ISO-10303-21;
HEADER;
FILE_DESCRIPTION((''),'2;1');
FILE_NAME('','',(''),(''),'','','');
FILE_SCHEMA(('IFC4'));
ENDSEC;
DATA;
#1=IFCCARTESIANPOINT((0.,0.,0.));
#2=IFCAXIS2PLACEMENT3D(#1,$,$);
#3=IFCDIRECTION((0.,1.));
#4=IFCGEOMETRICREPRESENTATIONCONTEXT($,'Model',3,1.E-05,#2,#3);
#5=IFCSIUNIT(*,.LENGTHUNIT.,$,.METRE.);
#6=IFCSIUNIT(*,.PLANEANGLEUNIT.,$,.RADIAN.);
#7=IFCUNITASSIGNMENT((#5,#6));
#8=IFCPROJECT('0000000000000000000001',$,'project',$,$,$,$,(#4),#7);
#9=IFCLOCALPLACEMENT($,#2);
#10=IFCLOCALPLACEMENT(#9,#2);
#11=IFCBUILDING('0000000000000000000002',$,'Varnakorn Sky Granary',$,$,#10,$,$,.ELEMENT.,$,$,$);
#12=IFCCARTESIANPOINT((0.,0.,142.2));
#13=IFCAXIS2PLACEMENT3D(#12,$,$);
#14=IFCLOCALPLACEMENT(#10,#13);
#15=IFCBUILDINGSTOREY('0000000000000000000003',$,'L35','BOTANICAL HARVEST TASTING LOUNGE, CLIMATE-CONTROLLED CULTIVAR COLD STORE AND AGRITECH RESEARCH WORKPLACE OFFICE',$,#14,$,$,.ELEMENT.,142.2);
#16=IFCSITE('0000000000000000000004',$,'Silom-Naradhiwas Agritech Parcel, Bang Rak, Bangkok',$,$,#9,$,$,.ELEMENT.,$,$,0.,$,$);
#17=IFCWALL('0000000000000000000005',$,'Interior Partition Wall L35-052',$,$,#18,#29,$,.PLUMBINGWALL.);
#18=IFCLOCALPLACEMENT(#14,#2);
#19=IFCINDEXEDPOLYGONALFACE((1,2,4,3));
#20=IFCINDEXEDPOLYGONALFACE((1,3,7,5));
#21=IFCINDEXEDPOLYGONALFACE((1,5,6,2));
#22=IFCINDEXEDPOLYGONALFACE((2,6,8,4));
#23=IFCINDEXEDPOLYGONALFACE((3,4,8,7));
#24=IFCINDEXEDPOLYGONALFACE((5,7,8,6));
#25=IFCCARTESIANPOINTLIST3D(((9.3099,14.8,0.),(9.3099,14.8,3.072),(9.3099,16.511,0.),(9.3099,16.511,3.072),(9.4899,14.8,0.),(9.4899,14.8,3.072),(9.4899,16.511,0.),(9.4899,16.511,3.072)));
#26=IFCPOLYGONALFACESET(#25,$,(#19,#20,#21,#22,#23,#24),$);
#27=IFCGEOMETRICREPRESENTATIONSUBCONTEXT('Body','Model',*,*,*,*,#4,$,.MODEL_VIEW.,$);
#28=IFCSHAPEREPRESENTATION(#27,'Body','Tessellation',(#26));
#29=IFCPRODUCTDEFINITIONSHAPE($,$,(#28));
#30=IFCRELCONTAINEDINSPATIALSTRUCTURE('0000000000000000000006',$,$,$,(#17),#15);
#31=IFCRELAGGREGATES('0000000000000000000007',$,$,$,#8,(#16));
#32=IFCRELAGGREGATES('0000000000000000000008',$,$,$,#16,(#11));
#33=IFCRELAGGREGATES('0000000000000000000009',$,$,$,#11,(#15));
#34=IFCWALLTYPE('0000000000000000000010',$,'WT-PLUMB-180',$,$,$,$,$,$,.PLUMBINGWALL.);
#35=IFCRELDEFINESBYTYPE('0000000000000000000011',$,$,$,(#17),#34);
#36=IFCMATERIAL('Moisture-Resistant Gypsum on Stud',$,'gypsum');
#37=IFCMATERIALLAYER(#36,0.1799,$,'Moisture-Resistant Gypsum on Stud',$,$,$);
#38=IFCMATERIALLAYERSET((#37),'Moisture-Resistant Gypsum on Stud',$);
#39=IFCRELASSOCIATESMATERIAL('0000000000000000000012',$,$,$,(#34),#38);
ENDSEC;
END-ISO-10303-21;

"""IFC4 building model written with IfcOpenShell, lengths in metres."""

from ifc_helpers import new_model, si_unit, direction, frame, frame_2d, origin, place, context, subcontext, project, spatial, rectangle, extrude, material, layer, layer_set, type_object, element, save


model = new_model("IFC4")

# Units and contexts
model_context = context("Model", 3, precision=1e-05, world=origin(), true_north=direction((0.0, 1.0)))
body_context = subcontext(model_context, "Body", "Model", "MODEL_VIEW")
ifc_project = project(units=[si_unit("LENGTHUNIT", "METRE"), si_unit("PLANEANGLEUNIT", "RADIAN")], contexts=[model_context])

# Site, building, storey
site_placement = place(None, origin())
site = spatial("IfcSite", under=ifc_project, at=site_placement, Name="Silom-Naradhiwas Agritech Parcel, Bang Rak, Bangkok", CompositionType="ELEMENT", RefElevation=0.0)
building_placement = place(site_placement, origin())
building = spatial("IfcBuilding", under=site, at=building_placement, Name="Varnakorn Sky Granary", CompositionType="ELEMENT")
storey_placement = place(building_placement, frame((0.0, 0.0, 142.2)))
storey = spatial("IfcBuildingStorey", under=building, at=storey_placement, Name="L35", Description="BOTANICAL HARVEST TASTING LOUNGE, CLIMATE-CONTROLLED CULTIVAR COLD STORE AND AGRITECH RESEARCH WORKPLACE OFFICE", CompositionType="ELEMENT", Elevation=142.2)

# Wall
ifc_material_1 = material(Name="Moisture-Resistant Gypsum on Stud", Category="gypsum")
ifc_layer_1 = layer(ifc_material_1, 0.1799, Name="Moisture-Resistant Gypsum on Stud")
ifc_layer_set_1 = layer_set([ifc_layer_1], Name="Moisture-Resistant Gypsum on Stud")
wall_type_1 = type_object("IfcWallType", Name="WT-PLUMB-180", PredefinedType="PLUMBINGWALL", material=ifc_layer_set_1)
wall_1_placement = place(storey_placement, frame((9.3999, 14.8, 0.0), z_axis=(0.0, 0.0, 1.0), x_axis=(0.0, 1.0, 0.0)))
element("IfcWall", 1, at=wall_1_placement, inside=storey, type_object=wall_type_1, Name="Interior Partition Wall L35-052", PredefinedType="PLUMBINGWALL", context=body_context, shape_type="SweptSolid", body=[
    extrude(rectangle(XDim=1.7109, YDim=0.1799, at=frame_2d((0.8555, 0.0))), origin(), (0.0, 0.0, 1.0), 3.072),
])

save(model, "model.ifc")
